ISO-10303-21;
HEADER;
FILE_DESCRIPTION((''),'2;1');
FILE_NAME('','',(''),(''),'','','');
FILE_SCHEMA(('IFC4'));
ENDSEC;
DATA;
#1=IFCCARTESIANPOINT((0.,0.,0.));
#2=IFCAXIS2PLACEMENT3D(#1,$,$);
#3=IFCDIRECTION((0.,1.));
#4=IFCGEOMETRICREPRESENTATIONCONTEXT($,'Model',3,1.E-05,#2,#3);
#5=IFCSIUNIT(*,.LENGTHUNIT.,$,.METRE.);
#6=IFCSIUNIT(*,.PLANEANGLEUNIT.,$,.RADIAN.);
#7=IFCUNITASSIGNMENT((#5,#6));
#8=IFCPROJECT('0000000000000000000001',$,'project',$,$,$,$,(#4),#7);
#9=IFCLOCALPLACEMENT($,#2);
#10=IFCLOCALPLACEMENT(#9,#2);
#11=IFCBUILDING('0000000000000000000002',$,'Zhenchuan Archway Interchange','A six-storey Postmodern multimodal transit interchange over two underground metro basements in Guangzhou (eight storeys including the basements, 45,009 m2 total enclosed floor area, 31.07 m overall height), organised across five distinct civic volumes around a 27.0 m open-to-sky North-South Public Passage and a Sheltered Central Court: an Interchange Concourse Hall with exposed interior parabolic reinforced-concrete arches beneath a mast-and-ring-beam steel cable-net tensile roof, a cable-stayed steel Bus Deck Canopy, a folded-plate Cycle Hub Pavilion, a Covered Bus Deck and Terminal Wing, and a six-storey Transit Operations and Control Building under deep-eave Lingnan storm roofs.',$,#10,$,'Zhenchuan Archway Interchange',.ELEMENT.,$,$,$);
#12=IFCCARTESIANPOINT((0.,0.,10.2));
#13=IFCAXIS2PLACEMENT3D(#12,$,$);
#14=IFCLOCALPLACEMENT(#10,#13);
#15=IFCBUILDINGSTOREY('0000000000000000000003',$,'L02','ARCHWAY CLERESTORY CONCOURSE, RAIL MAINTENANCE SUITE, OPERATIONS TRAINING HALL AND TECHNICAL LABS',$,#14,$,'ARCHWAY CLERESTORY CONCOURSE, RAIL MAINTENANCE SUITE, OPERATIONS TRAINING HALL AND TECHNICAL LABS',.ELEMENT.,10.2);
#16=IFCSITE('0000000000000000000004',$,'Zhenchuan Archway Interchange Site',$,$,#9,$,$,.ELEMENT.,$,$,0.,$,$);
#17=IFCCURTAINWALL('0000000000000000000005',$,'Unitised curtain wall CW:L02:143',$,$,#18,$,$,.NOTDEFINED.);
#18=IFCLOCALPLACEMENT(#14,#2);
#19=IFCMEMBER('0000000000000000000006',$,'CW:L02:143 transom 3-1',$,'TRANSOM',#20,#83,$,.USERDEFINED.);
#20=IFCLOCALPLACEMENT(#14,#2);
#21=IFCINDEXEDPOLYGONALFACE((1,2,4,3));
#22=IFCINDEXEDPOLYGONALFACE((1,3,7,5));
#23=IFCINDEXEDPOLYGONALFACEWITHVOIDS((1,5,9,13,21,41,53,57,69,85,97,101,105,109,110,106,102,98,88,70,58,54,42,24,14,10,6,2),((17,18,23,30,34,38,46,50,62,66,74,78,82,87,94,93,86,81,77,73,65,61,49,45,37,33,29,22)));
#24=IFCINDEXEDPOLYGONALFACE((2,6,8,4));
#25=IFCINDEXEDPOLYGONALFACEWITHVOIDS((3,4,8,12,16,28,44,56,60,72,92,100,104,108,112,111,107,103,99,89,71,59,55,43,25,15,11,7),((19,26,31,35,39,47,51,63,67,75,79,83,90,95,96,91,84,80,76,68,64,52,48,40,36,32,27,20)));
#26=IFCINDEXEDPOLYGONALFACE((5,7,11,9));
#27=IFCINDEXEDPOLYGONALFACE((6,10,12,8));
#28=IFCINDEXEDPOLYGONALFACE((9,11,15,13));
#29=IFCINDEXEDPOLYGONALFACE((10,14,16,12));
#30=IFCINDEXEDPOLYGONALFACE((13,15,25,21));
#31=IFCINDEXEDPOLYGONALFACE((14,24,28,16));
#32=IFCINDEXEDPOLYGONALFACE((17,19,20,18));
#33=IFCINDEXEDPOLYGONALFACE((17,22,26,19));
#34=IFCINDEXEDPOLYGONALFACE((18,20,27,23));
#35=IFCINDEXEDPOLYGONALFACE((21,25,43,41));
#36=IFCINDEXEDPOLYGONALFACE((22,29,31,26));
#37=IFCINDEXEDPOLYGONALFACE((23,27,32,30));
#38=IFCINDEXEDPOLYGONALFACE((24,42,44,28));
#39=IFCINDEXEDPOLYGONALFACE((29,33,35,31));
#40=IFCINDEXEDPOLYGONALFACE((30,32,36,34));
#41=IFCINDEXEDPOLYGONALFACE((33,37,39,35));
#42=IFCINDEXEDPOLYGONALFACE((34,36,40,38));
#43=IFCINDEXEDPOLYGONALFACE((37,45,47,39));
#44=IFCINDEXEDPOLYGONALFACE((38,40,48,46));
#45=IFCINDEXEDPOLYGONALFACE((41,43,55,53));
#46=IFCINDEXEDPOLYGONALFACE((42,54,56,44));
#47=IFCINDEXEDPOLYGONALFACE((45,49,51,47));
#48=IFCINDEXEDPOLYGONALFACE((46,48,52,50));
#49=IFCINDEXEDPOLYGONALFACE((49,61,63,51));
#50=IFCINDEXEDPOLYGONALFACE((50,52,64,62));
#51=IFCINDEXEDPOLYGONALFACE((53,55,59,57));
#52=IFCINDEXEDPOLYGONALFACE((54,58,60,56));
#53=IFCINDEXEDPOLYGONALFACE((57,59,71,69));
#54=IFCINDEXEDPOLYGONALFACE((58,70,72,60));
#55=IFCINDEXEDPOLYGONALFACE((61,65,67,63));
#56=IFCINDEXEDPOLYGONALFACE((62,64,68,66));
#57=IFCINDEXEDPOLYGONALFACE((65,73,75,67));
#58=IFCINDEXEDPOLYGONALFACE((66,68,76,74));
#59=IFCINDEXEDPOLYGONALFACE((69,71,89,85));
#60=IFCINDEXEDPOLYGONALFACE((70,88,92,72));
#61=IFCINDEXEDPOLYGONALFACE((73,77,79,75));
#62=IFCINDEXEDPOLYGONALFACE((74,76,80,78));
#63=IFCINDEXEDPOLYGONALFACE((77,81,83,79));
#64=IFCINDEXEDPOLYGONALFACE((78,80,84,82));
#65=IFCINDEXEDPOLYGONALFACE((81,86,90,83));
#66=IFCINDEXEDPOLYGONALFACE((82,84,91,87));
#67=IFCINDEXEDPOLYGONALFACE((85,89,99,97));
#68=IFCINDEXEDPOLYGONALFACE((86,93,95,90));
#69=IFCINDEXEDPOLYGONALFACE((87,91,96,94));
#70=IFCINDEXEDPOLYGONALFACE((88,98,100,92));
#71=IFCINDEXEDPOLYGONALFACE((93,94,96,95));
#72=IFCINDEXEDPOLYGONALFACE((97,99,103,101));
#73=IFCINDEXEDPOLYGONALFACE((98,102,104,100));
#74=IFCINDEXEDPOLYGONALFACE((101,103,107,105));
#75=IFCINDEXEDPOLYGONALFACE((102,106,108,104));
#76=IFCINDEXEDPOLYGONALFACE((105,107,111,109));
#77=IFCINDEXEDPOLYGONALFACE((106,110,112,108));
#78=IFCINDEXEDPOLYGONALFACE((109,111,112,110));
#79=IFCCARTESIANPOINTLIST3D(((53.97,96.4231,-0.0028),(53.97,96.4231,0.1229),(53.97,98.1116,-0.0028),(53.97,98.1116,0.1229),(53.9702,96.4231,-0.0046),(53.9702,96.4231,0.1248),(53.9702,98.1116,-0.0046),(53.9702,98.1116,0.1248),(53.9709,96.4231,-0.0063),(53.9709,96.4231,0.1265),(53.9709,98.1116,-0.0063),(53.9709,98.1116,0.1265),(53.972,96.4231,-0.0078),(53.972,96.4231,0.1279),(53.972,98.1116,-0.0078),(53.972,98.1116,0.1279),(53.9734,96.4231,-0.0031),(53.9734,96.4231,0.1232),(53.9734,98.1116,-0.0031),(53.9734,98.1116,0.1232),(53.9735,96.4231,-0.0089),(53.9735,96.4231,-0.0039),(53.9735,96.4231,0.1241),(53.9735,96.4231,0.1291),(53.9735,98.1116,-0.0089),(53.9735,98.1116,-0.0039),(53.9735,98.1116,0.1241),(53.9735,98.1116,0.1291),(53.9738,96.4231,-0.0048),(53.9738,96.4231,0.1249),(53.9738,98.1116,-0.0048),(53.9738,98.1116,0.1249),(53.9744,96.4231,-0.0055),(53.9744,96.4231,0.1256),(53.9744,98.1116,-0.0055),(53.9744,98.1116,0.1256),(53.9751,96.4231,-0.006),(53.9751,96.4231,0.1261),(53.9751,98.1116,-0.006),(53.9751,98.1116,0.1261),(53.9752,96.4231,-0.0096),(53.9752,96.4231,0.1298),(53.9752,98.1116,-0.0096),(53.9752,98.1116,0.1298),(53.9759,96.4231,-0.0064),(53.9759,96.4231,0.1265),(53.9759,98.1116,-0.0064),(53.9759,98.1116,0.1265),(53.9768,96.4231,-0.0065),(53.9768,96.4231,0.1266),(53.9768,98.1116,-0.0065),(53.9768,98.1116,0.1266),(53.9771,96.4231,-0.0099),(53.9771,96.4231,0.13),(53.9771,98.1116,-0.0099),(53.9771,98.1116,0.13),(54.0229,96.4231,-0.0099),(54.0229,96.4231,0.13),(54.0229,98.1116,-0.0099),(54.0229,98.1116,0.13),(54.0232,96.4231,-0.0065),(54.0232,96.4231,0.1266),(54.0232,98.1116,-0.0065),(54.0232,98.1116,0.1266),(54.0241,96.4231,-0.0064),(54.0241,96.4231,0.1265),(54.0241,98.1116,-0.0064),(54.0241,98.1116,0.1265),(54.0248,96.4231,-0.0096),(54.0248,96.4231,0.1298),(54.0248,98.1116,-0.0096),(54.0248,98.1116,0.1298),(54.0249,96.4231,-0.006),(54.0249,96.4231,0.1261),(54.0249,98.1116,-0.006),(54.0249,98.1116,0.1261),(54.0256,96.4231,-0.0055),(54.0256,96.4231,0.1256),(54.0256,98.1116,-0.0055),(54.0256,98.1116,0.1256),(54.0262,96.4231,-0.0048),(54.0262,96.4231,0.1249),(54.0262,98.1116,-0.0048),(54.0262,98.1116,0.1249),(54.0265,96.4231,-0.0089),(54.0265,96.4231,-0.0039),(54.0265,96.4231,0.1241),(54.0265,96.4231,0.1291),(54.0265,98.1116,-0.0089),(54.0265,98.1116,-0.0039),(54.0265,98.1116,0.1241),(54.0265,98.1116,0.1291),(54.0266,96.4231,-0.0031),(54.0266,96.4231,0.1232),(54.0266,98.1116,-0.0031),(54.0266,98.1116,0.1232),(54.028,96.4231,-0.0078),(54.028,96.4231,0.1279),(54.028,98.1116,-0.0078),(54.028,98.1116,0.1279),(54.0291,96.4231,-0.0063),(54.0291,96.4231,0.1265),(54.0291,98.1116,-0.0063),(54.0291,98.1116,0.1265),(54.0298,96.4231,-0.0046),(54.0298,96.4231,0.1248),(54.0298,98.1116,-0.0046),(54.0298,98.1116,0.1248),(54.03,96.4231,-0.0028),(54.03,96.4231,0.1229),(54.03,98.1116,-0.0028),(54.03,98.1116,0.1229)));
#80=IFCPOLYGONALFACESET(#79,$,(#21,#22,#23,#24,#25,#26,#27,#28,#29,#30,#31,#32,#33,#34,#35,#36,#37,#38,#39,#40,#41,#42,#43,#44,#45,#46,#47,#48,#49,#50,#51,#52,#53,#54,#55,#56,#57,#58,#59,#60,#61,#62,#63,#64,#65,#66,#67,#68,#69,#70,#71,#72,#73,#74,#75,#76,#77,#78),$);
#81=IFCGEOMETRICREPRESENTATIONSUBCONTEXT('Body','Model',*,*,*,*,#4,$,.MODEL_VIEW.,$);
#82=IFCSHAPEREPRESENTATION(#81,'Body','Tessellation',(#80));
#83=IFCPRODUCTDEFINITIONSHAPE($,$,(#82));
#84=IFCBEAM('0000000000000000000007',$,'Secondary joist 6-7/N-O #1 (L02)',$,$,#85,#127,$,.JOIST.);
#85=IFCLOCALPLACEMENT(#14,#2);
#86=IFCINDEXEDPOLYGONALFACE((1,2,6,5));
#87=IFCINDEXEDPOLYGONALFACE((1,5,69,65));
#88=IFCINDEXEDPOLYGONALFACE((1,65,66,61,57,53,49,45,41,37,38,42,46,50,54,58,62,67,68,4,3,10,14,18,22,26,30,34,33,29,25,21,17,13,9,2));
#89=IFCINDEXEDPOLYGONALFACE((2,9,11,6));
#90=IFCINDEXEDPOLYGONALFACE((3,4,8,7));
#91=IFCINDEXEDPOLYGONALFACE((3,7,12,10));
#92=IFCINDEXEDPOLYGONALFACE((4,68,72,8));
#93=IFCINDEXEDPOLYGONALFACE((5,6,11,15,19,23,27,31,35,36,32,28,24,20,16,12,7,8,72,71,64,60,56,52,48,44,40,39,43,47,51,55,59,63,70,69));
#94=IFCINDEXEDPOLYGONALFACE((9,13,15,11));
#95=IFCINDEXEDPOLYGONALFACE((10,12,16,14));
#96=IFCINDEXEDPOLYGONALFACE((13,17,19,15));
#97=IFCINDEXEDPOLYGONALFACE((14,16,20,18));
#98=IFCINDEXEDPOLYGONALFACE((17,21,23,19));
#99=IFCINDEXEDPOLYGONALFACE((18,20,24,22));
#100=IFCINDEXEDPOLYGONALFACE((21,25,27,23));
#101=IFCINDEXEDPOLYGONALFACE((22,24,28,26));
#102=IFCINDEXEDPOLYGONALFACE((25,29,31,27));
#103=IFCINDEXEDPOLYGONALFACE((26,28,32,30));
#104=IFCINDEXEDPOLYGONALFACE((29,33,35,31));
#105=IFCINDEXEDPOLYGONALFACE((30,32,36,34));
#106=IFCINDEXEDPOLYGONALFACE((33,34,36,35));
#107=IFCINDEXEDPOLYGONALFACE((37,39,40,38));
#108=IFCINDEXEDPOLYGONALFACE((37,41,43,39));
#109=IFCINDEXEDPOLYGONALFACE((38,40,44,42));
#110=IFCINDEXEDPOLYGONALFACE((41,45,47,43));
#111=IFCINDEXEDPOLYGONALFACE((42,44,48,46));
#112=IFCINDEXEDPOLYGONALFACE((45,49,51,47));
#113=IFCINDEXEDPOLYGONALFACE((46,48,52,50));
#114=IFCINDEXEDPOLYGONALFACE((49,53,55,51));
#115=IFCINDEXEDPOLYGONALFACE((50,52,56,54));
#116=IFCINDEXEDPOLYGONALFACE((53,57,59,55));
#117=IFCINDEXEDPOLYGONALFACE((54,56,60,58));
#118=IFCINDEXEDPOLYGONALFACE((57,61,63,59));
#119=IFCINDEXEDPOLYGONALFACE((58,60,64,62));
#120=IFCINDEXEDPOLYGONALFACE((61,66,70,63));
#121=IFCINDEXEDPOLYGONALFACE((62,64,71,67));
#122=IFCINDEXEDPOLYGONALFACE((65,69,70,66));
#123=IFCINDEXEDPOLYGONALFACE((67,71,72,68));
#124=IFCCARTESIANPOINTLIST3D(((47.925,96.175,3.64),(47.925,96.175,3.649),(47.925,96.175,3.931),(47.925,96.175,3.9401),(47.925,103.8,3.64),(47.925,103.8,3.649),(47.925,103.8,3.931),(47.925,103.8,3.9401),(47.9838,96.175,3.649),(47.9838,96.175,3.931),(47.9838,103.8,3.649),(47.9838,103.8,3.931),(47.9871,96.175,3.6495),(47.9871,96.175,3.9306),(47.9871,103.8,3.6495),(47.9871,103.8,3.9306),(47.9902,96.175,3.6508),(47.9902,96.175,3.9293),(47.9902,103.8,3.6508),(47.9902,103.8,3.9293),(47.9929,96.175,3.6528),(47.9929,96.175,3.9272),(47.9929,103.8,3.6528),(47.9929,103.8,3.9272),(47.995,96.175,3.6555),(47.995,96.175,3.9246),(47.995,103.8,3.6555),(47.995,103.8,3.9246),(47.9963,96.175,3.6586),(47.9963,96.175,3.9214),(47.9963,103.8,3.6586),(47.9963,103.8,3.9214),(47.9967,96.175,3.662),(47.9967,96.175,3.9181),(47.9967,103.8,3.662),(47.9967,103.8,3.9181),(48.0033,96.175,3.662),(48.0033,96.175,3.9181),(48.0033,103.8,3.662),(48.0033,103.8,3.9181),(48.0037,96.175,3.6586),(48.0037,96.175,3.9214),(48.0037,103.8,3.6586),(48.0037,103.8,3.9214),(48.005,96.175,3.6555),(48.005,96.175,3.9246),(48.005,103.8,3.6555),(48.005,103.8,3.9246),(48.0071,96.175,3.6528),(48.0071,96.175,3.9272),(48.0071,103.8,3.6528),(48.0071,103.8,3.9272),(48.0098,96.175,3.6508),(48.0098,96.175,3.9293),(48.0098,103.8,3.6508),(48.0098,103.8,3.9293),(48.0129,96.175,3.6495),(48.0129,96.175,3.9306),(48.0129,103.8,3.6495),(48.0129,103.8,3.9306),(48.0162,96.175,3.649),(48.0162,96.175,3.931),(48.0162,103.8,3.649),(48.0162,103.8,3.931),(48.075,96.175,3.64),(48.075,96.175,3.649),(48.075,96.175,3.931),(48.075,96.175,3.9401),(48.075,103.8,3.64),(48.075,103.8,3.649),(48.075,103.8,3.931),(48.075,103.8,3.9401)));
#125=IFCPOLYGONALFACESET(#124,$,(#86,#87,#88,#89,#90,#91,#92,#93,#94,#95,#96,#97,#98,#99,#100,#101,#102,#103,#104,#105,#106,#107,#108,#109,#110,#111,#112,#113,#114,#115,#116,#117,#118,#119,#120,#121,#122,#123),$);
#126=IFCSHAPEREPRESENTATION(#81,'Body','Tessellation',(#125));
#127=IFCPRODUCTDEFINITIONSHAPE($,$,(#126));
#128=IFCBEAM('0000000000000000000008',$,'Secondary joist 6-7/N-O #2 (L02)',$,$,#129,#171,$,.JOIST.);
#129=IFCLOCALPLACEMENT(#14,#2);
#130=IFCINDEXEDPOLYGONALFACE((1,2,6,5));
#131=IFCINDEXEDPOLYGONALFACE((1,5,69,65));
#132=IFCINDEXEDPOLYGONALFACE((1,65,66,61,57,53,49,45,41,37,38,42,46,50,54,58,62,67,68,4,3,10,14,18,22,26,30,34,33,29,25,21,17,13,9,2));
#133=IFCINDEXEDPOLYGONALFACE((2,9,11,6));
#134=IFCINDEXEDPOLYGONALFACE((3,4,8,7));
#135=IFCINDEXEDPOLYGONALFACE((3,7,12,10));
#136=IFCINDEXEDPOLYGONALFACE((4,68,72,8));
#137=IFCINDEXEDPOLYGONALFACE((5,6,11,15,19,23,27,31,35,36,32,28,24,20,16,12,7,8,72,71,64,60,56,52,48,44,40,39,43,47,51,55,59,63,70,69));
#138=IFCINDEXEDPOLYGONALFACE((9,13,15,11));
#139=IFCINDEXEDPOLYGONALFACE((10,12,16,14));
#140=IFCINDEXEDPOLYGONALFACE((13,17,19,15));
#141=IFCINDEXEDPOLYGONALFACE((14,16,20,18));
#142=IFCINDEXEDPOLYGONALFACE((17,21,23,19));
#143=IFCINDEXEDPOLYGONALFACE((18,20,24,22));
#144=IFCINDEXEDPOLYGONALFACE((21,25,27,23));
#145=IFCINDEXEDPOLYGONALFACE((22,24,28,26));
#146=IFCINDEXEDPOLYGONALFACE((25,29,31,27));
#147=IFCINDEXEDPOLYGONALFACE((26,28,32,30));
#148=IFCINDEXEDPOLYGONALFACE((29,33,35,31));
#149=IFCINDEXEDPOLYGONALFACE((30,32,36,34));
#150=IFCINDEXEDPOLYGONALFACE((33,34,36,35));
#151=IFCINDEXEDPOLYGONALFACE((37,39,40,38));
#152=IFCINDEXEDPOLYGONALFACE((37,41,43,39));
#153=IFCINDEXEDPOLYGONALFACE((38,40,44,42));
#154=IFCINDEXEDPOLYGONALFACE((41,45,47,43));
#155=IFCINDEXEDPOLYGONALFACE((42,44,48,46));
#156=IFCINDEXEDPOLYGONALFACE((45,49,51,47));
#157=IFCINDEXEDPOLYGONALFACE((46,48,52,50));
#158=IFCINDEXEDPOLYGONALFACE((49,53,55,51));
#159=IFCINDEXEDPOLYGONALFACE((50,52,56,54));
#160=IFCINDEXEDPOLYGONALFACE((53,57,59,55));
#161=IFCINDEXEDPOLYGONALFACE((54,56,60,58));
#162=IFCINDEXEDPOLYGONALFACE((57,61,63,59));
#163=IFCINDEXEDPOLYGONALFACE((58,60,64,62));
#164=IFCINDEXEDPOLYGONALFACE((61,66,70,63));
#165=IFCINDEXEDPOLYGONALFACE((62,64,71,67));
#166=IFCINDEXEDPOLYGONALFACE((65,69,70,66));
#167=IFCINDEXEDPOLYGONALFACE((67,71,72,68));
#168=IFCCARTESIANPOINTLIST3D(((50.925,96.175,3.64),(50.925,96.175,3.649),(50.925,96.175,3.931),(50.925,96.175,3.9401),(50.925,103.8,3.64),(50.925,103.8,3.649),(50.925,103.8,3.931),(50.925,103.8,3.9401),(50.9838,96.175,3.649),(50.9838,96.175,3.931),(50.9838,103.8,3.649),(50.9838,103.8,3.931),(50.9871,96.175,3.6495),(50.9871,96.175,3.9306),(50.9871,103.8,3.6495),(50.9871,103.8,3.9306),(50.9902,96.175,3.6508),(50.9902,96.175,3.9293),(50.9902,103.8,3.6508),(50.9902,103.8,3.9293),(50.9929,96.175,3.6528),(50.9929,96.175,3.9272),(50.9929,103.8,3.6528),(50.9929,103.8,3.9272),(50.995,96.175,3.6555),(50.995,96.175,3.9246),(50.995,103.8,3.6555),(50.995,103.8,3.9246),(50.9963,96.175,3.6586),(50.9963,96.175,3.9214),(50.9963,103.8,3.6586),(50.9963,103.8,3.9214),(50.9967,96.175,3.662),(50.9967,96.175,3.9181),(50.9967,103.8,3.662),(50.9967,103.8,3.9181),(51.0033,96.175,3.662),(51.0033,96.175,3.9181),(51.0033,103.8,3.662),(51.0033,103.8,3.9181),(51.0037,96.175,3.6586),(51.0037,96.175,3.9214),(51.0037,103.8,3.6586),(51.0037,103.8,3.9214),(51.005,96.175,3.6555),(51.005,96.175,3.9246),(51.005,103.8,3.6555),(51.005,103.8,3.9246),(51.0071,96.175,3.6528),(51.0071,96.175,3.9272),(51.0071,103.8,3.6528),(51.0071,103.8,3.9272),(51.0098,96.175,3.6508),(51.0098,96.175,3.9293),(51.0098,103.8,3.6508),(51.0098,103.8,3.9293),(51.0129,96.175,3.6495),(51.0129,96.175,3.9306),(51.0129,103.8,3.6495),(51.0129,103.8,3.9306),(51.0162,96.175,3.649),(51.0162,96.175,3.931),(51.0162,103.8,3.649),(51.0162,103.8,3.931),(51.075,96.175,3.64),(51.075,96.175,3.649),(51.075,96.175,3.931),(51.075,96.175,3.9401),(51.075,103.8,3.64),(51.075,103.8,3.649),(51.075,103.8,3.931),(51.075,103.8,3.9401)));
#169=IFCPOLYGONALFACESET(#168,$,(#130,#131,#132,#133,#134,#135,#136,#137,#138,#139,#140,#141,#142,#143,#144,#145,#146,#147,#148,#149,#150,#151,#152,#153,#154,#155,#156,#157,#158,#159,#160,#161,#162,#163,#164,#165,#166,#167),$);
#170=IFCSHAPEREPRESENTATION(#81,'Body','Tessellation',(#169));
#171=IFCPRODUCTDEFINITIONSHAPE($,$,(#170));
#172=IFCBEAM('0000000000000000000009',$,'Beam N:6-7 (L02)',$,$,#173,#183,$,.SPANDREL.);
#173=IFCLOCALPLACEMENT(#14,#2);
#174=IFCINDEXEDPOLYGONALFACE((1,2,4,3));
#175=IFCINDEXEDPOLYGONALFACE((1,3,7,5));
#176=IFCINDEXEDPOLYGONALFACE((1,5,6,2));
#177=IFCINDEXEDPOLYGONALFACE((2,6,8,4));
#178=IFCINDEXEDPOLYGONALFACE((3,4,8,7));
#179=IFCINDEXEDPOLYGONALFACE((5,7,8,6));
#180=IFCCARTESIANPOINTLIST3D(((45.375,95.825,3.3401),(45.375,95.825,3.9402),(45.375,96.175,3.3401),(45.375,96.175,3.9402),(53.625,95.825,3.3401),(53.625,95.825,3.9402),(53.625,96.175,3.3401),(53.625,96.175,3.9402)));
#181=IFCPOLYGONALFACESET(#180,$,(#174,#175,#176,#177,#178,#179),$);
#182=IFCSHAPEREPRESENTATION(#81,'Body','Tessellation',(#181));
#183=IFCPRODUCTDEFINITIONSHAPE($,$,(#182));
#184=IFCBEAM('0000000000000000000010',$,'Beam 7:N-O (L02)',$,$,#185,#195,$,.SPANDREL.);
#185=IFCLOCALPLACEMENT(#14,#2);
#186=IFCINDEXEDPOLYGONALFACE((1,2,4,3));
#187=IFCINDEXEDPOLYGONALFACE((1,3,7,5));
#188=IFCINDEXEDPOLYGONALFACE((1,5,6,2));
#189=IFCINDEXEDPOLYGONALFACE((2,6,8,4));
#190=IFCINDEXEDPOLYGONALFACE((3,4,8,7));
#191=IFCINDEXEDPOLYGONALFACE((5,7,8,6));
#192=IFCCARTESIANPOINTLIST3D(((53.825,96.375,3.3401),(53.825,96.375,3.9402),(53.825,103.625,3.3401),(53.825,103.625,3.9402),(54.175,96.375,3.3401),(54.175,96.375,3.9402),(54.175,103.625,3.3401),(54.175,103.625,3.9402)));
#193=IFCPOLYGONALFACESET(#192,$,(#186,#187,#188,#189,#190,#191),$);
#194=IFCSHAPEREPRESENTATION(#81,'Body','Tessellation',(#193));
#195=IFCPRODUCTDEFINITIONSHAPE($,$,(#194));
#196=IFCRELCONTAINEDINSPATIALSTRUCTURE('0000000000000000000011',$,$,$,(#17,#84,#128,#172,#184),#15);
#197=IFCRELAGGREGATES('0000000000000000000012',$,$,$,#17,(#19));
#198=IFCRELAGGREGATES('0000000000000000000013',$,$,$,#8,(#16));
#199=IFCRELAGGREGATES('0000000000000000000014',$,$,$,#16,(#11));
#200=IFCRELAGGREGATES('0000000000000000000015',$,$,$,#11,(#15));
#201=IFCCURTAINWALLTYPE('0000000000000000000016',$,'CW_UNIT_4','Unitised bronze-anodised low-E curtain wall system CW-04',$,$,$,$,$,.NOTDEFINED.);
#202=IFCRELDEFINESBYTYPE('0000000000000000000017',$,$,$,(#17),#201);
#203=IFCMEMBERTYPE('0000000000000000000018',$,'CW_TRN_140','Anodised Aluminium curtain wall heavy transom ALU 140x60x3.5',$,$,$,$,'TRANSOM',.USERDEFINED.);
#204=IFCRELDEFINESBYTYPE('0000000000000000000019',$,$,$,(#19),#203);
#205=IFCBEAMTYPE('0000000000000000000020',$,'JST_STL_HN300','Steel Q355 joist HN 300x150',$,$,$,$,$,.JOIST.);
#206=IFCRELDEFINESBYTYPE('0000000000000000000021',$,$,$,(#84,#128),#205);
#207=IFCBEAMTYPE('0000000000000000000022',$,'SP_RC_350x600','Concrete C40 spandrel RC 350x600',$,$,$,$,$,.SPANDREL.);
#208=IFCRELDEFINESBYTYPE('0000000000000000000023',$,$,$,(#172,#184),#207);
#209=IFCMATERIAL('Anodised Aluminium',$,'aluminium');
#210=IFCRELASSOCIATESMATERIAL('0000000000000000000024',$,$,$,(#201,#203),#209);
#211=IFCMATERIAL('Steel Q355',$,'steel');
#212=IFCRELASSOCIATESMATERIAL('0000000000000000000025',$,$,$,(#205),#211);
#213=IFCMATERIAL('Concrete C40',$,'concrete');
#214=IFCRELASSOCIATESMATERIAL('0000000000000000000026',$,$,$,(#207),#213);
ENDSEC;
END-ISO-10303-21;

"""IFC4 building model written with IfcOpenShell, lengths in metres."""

from ifc_helpers import new_model, si_unit, direction, frame, origin, origin_2d, place, context, subcontext, project, spatial, rectangle, hollow_rectangle, i_section, extrude, material, material_profile, profile_set, type_object, element, aggregate, save


model = new_model("IFC4")

# Units and contexts
model_context = context("Model", 3, precision=1e-05, world=origin(), true_north=direction((0.0, 1.0)))
body_context = subcontext(model_context, "Body", "Model", "MODEL_VIEW")
ifc_project = project(units=[si_unit("LENGTHUNIT", "METRE"), si_unit("PLANEANGLEUNIT", "RADIAN")], contexts=[model_context])

# Site, building, storey
site_placement = place(None, origin())
site = spatial("IfcSite", under=ifc_project, at=site_placement, Name="Zhenchuan Archway Interchange Site", CompositionType="ELEMENT", RefElevation=0.0)
building_placement = place(site_placement, origin())
building = spatial("IfcBuilding", under=site, at=building_placement, Name="Zhenchuan Archway Interchange", Description="A six-storey Postmodern multimodal transit interchange over two underground metro basements in Guangzhou (eight storeys including the basements, 45,009 m2 total enclosed floor area, 31.07 m overall height), organised across five distinct civic volumes around a 27.0 m open-to-sky North-South Public Passage and a Sheltered Central Court: an Interchange Concourse Hall with exposed interior parabolic reinforced-concrete arches beneath a mast-and-ring-beam steel cable-net tensile roof, a cable-stayed steel Bus Deck Canopy, a folded-plate Cycle Hub Pavilion, a Covered Bus Deck and Terminal Wing, and a six-storey Transit Operations and Control Building under deep-eave Lingnan storm roofs.", LongName="Zhenchuan Archway Interchange", CompositionType="ELEMENT")
storey_placement = place(building_placement, frame((0.0, 0.0, 10.2)))
storey = spatial("IfcBuildingStorey", under=building, at=storey_placement, Name="L02", Description="ARCHWAY CLERESTORY CONCOURSE, RAIL MAINTENANCE SUITE, OPERATIONS TRAINING HALL AND TECHNICAL LABS", LongName="ARCHWAY CLERESTORY CONCOURSE, RAIL MAINTENANCE SUITE, OPERATIONS TRAINING HALL AND TECHNICAL LABS", CompositionType="ELEMENT", Elevation=10.2)

# Shared definitions
ifc_material_1 = material(Name="Concrete C40", Category="concrete")

# Shared definitions
ifc_material_2 = material(Name="Anodised Aluminium", Category="aluminium")

# Curtain wall
curtain_wall_type_1 = type_object("IfcCurtainWallType", Name="CW_UNIT_4", Description="Unitised bronze-anodised low-E curtain wall system CW-04", PredefinedType="NOTDEFINED", material=ifc_material_2)
curtain_wall_1_placement = place(storey_placement, origin())
curtain_wall_1 = element("IfcCurtainWall", 1, at=curtain_wall_1_placement, inside=storey, type_object=curtain_wall_type_1, Name="Unitised curtain wall CW:L02:143", PredefinedType="NOTDEFINED")

# Member
ifc_material_profile_1 = material_profile(ifc_material_2, hollow_rectangle(XDim=0.0601, YDim=0.1399, WallThickness=0.0034, InnerFilletRadius=0.0034, OuterFilletRadius=0.0071, at=origin_2d()), Name="ALU 140x60x3.5")
ifc_profile_set_1 = profile_set([ifc_material_profile_1], Name="Anodised Aluminium")
member_type_1 = type_object("IfcMemberType", Name="CW_TRN_140", Description="Anodised Aluminium curtain wall heavy transom ALU 140x60x3.5", ElementType="TRANSOM", PredefinedType="USERDEFINED", material=ifc_profile_set_1)
member_1_placement = place(storey_placement, frame((54.0, 98.1116, 0.0601), z_axis=(0.0, -1.0, 0.0), x_axis=(1.0, 0.0, 0.0)))
member_1 = element("IfcMember", 2, at=member_1_placement, type_object=member_type_1, Name="CW:L02:143 transom 3-1", ObjectType="TRANSOM", PredefinedType="USERDEFINED", context=body_context, shape_type="SweptSolid", body=[
    extrude(hollow_rectangle(XDim=0.0601, YDim=0.1399, WallThickness=0.0034, InnerFilletRadius=0.0034, OuterFilletRadius=0.0071, at=origin_2d()), origin(), (0.0, 0.0, 1.0), 1.6885),
])

# Beams
ifc_material_3 = material(Name="Steel Q355", Category="steel")
ifc_material_profile_2 = material_profile(ifc_material_3, i_section(OverallWidth=0.1499, OverallDepth=0.3, WebThickness=0.0066, FlangeThickness=0.009, FilletRadius=0.0129, at=origin_2d()), Name="HN 300x150")
ifc_profile_set_2 = profile_set([ifc_material_profile_2], Name="Steel Q355")
beam_type_1 = type_object("IfcBeamType", Name="JST_STL_HN300", Description="Steel Q355 joist HN 300x150", PredefinedType="JOIST", material=ifc_profile_set_2)
for number, where, z_axis, x_axis, name in (
    (3, (48.0, 96.175, 3.79), (0.0, 1.0, 0.0), (-1.0, 0.0, 0.0), "Secondary joist 6-7/N-O #1 (L02)"),
    (4, (51.0, 96.175, 3.79), (0.0, 1.0, 0.0), (-1.0, 0.0, 0.0), "Secondary joist 6-7/N-O #2 (L02)"),
):
    element("IfcBeam", number, at=place(storey_placement, frame(where, z_axis=z_axis, x_axis=x_axis)), inside=storey, type_object=beam_type_1, Name=name, PredefinedType="JOIST", context=body_context, shape_type="SweptSolid", body=[
        extrude(i_section(OverallWidth=0.1499, OverallDepth=0.3, WebThickness=0.0066, FlangeThickness=0.009, FilletRadius=0.0129, at=origin_2d()), origin(), (0.0, 0.0, 1.0), 7.625),
    ])
ifc_material_profile_3 = material_profile(ifc_material_1, rectangle(XDim=0.3501, YDim=0.6001, at=origin_2d()), Name="RC 350x600")
ifc_profile_set_3 = profile_set([ifc_material_profile_3], Name="Concrete C40")
beam_type_2 = type_object("IfcBeamType", Name="SP_RC_350x600", Description="Concrete C40 spandrel RC 350x600", PredefinedType="SPANDREL", material=ifc_profile_set_3)
beam_1_placement = place(storey_placement, frame((45.375, 96.0, 3.6401), z_axis=(1.0, 0.0, 0.0), x_axis=(0.0, 1.0, 0.0)))
element("IfcBeam", 5, at=beam_1_placement, inside=storey, type_object=beam_type_2, Name="Beam N:6-7 (L02)", PredefinedType="SPANDREL", context=body_context, shape_type="SweptSolid", body=[
    extrude(rectangle(XDim=0.3501, YDim=0.6001, at=origin_2d()), origin(), (0.0, 0.0, 1.0), 8.25),
])
beam_2_placement = place(storey_placement, frame((54.0, 96.375, 3.6401), z_axis=(0.0, 1.0, 0.0), x_axis=(-1.0, 0.0, 0.0)))
element("IfcBeam", 6, at=beam_2_placement, inside=storey, type_object=beam_type_2, Name="Beam 7:N-O (L02)", PredefinedType="SPANDREL", context=body_context, shape_type="SweptSolid", body=[
    extrude(rectangle(XDim=0.3501, YDim=0.6001, at=origin_2d()), origin(), (0.0, 0.0, 1.0), 7.25),
])

aggregate(curtain_wall_1, [member_1])

save(model, "model.ifc")
